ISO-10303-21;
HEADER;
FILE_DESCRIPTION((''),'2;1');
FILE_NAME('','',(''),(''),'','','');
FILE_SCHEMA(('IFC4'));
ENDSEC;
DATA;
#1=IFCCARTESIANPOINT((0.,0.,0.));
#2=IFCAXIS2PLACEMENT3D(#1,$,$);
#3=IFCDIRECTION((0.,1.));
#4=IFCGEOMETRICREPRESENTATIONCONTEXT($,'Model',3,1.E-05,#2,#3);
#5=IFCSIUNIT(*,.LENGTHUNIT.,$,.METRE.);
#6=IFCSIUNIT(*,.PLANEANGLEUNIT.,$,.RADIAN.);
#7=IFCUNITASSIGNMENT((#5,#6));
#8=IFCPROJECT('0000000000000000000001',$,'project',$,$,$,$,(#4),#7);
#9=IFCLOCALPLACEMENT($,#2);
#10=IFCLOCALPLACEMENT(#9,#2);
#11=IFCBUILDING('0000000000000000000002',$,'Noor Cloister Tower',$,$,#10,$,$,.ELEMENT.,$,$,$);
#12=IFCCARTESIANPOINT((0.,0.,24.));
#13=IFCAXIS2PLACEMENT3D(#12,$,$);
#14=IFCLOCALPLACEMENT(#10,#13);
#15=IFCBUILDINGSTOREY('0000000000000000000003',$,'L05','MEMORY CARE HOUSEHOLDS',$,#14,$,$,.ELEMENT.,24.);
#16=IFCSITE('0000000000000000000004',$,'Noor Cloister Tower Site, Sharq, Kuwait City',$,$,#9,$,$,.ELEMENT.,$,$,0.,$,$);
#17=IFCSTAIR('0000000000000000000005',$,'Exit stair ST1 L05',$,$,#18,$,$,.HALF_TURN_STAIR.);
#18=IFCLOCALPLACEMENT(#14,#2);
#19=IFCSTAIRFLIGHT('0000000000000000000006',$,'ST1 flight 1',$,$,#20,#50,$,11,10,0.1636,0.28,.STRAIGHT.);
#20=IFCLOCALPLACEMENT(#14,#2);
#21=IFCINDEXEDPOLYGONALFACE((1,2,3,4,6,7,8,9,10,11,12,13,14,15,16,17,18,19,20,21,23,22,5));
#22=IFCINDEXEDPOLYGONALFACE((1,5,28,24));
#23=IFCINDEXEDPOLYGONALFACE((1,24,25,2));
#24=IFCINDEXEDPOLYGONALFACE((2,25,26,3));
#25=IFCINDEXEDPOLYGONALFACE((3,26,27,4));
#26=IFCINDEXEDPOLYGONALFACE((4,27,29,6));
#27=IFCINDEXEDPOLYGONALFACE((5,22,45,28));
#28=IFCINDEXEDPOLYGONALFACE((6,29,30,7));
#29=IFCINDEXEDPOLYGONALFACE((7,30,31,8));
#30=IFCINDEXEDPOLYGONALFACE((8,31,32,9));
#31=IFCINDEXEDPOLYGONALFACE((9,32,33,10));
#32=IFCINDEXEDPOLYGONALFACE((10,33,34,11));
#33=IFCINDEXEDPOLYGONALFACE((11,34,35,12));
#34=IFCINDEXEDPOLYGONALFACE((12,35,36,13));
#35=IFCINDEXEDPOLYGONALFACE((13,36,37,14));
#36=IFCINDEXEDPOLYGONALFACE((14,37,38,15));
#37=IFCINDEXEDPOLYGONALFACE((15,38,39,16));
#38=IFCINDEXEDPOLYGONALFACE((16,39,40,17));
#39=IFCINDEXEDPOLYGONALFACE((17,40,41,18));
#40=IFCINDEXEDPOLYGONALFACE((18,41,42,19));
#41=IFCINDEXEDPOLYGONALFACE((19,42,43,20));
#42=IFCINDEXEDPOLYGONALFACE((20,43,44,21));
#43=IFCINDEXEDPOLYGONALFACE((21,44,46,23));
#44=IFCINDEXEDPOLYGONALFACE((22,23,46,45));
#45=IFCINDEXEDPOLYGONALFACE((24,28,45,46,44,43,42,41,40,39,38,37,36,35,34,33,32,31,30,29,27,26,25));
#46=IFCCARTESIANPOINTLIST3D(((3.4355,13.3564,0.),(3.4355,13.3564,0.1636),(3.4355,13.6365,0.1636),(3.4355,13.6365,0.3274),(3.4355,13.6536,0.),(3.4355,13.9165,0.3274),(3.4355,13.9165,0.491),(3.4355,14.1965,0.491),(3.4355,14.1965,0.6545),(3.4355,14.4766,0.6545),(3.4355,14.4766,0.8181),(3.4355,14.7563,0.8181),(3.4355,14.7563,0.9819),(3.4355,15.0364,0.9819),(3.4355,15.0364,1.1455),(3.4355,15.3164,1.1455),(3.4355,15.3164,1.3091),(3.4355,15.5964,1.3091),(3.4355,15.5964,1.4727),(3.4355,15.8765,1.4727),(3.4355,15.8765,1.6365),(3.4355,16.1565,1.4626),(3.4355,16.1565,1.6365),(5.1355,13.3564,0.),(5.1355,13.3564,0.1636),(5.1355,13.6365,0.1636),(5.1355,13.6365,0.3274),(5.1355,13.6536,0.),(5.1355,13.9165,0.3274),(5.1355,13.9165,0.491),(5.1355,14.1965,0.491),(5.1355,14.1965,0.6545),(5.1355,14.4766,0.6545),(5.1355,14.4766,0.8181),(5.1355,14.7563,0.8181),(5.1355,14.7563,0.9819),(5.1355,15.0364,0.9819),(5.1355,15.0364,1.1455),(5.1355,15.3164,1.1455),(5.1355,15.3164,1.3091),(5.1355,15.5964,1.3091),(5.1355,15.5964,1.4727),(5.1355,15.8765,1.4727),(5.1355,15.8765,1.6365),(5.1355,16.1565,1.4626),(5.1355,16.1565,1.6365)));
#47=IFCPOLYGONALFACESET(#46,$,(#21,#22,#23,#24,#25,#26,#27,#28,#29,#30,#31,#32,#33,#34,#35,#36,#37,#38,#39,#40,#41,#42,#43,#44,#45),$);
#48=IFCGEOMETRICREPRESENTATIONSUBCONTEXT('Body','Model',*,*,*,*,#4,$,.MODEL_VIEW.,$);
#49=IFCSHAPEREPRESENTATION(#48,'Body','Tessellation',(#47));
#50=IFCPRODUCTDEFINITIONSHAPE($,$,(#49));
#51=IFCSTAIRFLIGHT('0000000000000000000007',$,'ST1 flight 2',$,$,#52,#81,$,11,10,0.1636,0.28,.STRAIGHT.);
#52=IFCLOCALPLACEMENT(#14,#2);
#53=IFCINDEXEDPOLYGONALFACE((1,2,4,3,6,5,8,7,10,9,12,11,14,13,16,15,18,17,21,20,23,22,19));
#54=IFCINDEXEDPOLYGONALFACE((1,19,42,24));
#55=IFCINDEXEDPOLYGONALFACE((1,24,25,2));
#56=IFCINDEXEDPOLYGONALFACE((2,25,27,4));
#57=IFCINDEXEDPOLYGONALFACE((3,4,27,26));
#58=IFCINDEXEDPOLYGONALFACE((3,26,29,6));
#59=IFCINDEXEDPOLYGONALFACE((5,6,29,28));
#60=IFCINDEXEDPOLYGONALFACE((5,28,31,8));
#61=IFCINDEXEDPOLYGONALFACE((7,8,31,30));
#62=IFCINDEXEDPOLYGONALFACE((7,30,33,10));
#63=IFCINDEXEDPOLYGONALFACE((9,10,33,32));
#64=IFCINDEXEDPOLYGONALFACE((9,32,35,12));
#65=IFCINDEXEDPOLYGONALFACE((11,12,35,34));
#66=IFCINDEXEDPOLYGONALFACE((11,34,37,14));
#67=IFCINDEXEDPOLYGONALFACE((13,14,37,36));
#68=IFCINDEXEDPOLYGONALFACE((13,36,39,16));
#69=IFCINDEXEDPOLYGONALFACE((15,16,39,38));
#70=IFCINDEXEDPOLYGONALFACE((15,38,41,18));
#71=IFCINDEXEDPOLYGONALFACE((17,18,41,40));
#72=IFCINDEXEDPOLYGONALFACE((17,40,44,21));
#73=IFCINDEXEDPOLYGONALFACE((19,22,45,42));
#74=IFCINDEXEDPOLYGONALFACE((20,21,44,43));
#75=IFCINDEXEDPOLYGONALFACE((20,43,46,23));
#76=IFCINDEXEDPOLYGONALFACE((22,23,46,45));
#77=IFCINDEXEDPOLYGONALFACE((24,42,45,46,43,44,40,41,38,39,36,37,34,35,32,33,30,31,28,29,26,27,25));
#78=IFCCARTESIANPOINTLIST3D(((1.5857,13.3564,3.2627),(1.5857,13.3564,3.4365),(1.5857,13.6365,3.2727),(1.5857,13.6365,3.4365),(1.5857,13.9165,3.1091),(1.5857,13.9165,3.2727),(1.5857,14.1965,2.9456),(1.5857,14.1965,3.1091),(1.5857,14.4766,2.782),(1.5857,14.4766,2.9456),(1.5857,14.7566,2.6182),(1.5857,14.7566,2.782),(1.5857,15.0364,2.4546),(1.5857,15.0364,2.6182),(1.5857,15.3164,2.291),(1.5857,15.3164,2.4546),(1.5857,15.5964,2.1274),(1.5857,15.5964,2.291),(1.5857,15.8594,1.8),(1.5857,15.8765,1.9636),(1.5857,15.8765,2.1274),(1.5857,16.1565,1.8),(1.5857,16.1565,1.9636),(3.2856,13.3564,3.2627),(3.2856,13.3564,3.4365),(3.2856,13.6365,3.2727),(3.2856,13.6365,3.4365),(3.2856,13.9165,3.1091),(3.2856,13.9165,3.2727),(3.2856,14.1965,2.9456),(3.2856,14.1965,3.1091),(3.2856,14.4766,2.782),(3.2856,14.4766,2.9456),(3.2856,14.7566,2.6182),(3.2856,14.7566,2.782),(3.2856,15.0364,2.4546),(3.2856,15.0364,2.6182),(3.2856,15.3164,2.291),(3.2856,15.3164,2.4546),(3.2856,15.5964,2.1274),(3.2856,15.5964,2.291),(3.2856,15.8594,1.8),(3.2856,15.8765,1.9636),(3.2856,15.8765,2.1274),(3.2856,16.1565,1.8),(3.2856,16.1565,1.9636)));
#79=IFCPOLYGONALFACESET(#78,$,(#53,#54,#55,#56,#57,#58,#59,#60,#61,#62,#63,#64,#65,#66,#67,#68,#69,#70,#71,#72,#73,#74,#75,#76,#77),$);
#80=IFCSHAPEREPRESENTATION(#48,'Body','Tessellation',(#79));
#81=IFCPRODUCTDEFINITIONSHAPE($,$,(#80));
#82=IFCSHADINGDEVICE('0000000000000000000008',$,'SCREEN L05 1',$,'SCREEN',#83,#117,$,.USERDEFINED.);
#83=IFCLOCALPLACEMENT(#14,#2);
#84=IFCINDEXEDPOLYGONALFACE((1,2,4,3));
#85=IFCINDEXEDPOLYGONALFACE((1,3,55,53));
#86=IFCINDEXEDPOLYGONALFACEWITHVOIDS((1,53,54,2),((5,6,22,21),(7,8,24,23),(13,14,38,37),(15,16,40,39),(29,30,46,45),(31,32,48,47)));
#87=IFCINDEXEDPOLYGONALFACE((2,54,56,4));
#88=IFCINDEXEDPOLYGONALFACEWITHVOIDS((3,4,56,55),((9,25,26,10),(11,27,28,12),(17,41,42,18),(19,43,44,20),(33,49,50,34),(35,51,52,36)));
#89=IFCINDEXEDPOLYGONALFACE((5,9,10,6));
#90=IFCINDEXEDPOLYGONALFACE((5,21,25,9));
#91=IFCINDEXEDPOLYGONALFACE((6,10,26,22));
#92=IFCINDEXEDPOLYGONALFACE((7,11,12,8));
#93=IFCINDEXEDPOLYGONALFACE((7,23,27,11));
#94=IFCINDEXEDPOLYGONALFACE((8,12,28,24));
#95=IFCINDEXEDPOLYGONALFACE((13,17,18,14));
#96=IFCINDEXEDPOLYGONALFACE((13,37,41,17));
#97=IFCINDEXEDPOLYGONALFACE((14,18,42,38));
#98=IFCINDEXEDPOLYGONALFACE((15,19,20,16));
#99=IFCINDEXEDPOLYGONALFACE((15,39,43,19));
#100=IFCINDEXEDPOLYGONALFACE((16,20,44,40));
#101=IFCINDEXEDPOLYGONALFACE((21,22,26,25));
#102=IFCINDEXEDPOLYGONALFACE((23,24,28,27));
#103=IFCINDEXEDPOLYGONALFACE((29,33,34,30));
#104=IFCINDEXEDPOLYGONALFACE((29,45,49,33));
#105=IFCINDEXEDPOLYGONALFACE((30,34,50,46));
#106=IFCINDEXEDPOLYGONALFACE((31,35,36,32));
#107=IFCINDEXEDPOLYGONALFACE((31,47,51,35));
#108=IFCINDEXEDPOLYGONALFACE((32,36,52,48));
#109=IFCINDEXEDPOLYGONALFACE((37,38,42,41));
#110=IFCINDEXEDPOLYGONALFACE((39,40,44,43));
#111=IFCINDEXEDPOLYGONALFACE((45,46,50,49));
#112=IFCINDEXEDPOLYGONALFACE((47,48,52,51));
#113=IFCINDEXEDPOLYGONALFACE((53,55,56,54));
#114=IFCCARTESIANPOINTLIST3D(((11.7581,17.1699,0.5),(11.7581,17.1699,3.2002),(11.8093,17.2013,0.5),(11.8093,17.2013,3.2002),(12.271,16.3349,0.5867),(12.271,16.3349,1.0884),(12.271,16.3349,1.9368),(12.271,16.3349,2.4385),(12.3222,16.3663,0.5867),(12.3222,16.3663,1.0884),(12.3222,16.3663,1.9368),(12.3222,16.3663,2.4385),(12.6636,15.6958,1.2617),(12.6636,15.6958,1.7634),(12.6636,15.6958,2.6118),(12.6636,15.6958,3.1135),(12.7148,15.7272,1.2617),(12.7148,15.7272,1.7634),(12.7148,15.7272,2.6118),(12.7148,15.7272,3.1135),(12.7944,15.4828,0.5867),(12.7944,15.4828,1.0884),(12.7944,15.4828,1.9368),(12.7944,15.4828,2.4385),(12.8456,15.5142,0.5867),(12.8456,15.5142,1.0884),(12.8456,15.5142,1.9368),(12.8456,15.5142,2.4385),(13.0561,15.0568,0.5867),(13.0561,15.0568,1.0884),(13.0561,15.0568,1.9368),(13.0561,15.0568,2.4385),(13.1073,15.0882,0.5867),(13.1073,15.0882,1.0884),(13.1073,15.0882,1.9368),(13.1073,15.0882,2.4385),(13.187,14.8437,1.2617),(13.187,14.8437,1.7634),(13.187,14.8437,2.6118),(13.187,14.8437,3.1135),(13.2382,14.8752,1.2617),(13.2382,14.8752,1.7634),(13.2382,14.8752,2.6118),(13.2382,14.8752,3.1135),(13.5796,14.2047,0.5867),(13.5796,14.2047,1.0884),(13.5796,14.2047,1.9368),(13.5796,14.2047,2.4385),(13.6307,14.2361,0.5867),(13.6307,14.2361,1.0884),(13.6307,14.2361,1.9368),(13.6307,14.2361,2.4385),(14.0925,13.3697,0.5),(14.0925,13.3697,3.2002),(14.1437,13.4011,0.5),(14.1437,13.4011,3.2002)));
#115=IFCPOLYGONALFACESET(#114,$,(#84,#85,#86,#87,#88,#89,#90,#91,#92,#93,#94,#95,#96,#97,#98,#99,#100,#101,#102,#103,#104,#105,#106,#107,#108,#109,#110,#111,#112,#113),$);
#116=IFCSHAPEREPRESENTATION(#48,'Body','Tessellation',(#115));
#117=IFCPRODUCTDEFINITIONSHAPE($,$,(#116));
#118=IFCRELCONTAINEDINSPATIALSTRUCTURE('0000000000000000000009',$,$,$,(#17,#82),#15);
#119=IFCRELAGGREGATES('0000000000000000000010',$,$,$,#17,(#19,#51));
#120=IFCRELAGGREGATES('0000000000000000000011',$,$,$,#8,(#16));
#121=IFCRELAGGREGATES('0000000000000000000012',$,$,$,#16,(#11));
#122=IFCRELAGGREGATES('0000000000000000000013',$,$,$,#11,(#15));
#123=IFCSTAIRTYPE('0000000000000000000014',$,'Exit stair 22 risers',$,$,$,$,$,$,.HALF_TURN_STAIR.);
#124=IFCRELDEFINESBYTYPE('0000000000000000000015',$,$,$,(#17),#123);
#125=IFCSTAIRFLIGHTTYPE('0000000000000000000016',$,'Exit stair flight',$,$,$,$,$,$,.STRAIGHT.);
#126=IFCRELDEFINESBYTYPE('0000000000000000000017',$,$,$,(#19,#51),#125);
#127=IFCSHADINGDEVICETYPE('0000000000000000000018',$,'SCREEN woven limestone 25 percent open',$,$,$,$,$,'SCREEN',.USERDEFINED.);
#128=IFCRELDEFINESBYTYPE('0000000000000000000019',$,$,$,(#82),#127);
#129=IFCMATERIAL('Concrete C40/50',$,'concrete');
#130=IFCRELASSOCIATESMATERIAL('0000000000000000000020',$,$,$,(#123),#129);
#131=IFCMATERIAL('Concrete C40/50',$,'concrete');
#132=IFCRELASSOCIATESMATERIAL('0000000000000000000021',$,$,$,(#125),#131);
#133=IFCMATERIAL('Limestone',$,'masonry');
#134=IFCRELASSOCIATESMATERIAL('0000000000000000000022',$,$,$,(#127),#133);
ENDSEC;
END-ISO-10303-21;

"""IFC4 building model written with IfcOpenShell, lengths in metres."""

from ifc_helpers import new_model, si_unit, direction, frame, origin, place, context, subcontext, project, spatial, polyline, outline, extrude, material, material_profile, profile_set, type_object, element, aggregate, save


model = new_model("IFC4")

# Units and contexts
model_context = context("Model", 3, precision=1e-05, world=origin(), true_north=direction((0.0, 1.0)))
body_context = subcontext(model_context, "Body", "Model", "MODEL_VIEW")
ifc_project = project(units=[si_unit("LENGTHUNIT", "METRE"), si_unit("PLANEANGLEUNIT", "RADIAN")], contexts=[model_context])

# Site, building, storey
site_placement = place(None, origin())
site = spatial("IfcSite", under=ifc_project, at=site_placement, Name="Noor Cloister Tower Site, Sharq, Kuwait City", CompositionType="ELEMENT", RefElevation=0.0)
building_placement = place(site_placement, origin())
building = spatial("IfcBuilding", under=site, at=building_placement, Name="Noor Cloister Tower", CompositionType="ELEMENT")
storey_placement = place(building_placement, frame((0.0, 0.0, 24.0)))
storey = spatial("IfcBuildingStorey", under=building, at=storey_placement, Name="L05", Description="MEMORY CARE HOUSEHOLDS", CompositionType="ELEMENT", Elevation=24.0)

# Stair, stair flights
ifc_material_1 = material(Name="Concrete C40/50", Category="concrete")
stair_type = type_object("IfcStairType", Name="Exit stair 22 risers", PredefinedType="HALF_TURN_STAIR", material=ifc_material_1)
stair_placement = place(storey_placement, origin())
stair = element("IfcStair", 1, at=stair_placement, inside=storey, type_object=stair_type, Name="Exit stair ST1 L05", PredefinedType="HALF_TURN_STAIR")
ifc_material_2 = material(Name="Concrete C40/50", Category="concrete")
stair_flight_type = type_object("IfcStairFlightType", Name="Exit stair flight", PredefinedType="STRAIGHT", material=ifc_material_2)
stair_flight_1_placement = place(storey_placement, frame((4.2856, 13.3564, 0.0), z_axis=(0.0, 0.0, 1.0), x_axis=(0.0, 1.0, 0.0)))
stair_flight_1 = element("IfcStairFlight", 2, at=stair_flight_1_placement, type_object=stair_flight_type, Name="ST1 flight 1", NumberOfRisers=11, NumberOfTreads=10, PredefinedType="STRAIGHT", RiserHeight=0.1636, TreadLength=0.28, context=body_context, shape_type="SweptSolid", body=[
    extrude(outline(polyline([(0.0, 0.0), (0.0, 0.1636), (0.28, 0.1636), (0.28, 0.3274), (0.5601, 0.3274), (0.5601, 0.491), (0.8401, 0.491), (0.8401, 0.6545), (1.1201, 0.6545), (1.1201, 0.8181), (1.3999, 0.8181), (1.3999, 0.9819), (1.6799, 0.9819), (1.6799, 1.1455), (1.96, 1.1455), (1.96, 1.3091), (2.24, 1.3091), (2.24, 1.4727), (2.52, 1.4727), (2.52, 1.6365), (2.8, 1.6365), (2.8, 1.8), (2.8, 1.4626), (0.2971, 0.0), (0.0, 0.0)])), frame((0.0, 0.8501, 0.0), z_axis=(0.0, -1.0, 0.0), x_axis=(1.0, 0.0, 0.0)), (0.0, 0.0, 1.0), 1.7),
])
stair_flight_2_placement = place(storey_placement, frame((2.4355, 16.1565, 1.8), z_axis=(0.0, 0.0, 1.0), x_axis=(0.0, -1.0, 0.0)))
stair_flight_2 = element("IfcStairFlight", 3, at=stair_flight_2_placement, type_object=stair_flight_type, Name="ST1 flight 2", NumberOfRisers=11, NumberOfTreads=10, PredefinedType="STRAIGHT", RiserHeight=0.1636, TreadLength=0.28, context=body_context, shape_type="SweptSolid", body=[
    extrude(outline(polyline([(0.0, 0.0), (0.0, 0.1636), (0.28, 0.1636), (0.28, 0.3274), (0.5601, 0.3274), (0.5601, 0.491), (0.8401, 0.491), (0.8401, 0.6545), (1.1201, 0.6545), (1.1201, 0.8181), (1.3999, 0.8181), (1.3999, 0.9819), (1.6799, 0.9819), (1.6799, 1.1455), (1.96, 1.1455), (1.96, 1.3091), (2.24, 1.3091), (2.24, 1.4727), (2.52, 1.4727), (2.52, 1.6365), (2.8, 1.6365), (2.8, 1.8), (2.8, 1.4626), (0.2971, 0.0), (0.0, 0.0)])), frame((0.0, 0.8501, 0.0), z_axis=(0.0, -1.0, 0.0), x_axis=(1.0, 0.0, 0.0)), (0.0, 0.0, 1.0), 1.7),
])
aggregate(stair, [stair_flight_1, stair_flight_2])

# Shading device
ifc_material_3 = material(Name="Limestone", Category="masonry")
ifc_material_profile_1 = material_profile(ifc_material_3, outline(polyline([(-2.23, -1.3501), (2.23, -1.3501), (2.23, 1.3501), (-2.23, 1.3501), (-2.23, -1.3501)]), holes=[polyline([(-1.25, -1.2634), (-0.25, -1.2634), (-0.25, -0.7617), (-1.25, -0.7617), (-1.25, -1.2634)]), polyline([(0.25, -1.2634), (1.25, -1.2634), (1.25, -0.7617), (0.25, -0.7617), (0.25, -1.2634)]), polyline([(-0.5, -0.5884), (0.5, -0.5884), (0.5, -0.0867), (-0.5, -0.0867), (-0.5, -0.5884)]), polyline([(-1.25, 0.0867), (-0.25, 0.0867), (-0.25, 0.5884), (-1.25, 0.5884), (-1.25, 0.0867)]), polyline([(0.25, 0.0867), (1.25, 0.0867), (1.25, 0.5884), (0.25, 0.5884), (0.25, 0.0867)]), polyline([(-0.5, 0.7617), (0.5, 0.7617), (0.5, 1.2634), (-0.5, 1.2634), (-0.5, 0.7617)])]), Name="Woven screen 25 percent open")
ifc_profile_set_1 = profile_set([ifc_material_profile_1], Name="Limestone")
shading_device_type = type_object("IfcShadingDeviceType", Name="SCREEN woven limestone 25 percent open", ElementType="SCREEN", PredefinedType="USERDEFINED", material=ifc_profile_set_1)
shading_device_placement = place(storey_placement, frame((12.9253, 15.2698, 1.8501), z_axis=(0.852076, 0.523418, 0.0), x_axis=(-0.523418, 0.852076, 0.0)))
element("IfcShadingDevice", 4, at=shading_device_placement, inside=storey, type_object=shading_device_type, Name="SCREEN L05 1", ObjectType="SCREEN", PredefinedType="USERDEFINED", context=body_context, shape_type="SweptSolid", body=[
    extrude(outline(polyline([(-2.23, -1.3501), (2.23, -1.3501), (2.23, 1.3501), (-2.23, 1.3501), (-2.23, -1.3501)]), holes=[polyline([(-1.25, -1.2634), (-0.25, -1.2634), (-0.25, -0.7617), (-1.25, -0.7617), (-1.25, -1.2634)]), polyline([(0.25, -1.2634), (1.25, -1.2634), (1.25, -0.7617), (0.25, -0.7617), (0.25, -1.2634)]), polyline([(-0.5, -0.5884), (0.5, -0.5884), (0.5, -0.0867), (-0.5, -0.0867), (-0.5, -0.5884)]), polyline([(-1.25, 0.0867), (-0.25, 0.0867), (-0.25, 0.5884), (-1.25, 0.5884), (-1.25, 0.0867)]), polyline([(0.25, 0.0867), (1.25, 0.0867), (1.25, 0.5884), (0.25, 0.5884), (0.25, 0.0867)]), polyline([(-0.5, 0.7617), (0.5, 0.7617), (0.5, 1.2634), (-0.5, 1.2634), (-0.5, 0.7617)])]), origin(), (0.0, 0.0, 1.0), 0.0601),
])

save(model, "model.ifc")
